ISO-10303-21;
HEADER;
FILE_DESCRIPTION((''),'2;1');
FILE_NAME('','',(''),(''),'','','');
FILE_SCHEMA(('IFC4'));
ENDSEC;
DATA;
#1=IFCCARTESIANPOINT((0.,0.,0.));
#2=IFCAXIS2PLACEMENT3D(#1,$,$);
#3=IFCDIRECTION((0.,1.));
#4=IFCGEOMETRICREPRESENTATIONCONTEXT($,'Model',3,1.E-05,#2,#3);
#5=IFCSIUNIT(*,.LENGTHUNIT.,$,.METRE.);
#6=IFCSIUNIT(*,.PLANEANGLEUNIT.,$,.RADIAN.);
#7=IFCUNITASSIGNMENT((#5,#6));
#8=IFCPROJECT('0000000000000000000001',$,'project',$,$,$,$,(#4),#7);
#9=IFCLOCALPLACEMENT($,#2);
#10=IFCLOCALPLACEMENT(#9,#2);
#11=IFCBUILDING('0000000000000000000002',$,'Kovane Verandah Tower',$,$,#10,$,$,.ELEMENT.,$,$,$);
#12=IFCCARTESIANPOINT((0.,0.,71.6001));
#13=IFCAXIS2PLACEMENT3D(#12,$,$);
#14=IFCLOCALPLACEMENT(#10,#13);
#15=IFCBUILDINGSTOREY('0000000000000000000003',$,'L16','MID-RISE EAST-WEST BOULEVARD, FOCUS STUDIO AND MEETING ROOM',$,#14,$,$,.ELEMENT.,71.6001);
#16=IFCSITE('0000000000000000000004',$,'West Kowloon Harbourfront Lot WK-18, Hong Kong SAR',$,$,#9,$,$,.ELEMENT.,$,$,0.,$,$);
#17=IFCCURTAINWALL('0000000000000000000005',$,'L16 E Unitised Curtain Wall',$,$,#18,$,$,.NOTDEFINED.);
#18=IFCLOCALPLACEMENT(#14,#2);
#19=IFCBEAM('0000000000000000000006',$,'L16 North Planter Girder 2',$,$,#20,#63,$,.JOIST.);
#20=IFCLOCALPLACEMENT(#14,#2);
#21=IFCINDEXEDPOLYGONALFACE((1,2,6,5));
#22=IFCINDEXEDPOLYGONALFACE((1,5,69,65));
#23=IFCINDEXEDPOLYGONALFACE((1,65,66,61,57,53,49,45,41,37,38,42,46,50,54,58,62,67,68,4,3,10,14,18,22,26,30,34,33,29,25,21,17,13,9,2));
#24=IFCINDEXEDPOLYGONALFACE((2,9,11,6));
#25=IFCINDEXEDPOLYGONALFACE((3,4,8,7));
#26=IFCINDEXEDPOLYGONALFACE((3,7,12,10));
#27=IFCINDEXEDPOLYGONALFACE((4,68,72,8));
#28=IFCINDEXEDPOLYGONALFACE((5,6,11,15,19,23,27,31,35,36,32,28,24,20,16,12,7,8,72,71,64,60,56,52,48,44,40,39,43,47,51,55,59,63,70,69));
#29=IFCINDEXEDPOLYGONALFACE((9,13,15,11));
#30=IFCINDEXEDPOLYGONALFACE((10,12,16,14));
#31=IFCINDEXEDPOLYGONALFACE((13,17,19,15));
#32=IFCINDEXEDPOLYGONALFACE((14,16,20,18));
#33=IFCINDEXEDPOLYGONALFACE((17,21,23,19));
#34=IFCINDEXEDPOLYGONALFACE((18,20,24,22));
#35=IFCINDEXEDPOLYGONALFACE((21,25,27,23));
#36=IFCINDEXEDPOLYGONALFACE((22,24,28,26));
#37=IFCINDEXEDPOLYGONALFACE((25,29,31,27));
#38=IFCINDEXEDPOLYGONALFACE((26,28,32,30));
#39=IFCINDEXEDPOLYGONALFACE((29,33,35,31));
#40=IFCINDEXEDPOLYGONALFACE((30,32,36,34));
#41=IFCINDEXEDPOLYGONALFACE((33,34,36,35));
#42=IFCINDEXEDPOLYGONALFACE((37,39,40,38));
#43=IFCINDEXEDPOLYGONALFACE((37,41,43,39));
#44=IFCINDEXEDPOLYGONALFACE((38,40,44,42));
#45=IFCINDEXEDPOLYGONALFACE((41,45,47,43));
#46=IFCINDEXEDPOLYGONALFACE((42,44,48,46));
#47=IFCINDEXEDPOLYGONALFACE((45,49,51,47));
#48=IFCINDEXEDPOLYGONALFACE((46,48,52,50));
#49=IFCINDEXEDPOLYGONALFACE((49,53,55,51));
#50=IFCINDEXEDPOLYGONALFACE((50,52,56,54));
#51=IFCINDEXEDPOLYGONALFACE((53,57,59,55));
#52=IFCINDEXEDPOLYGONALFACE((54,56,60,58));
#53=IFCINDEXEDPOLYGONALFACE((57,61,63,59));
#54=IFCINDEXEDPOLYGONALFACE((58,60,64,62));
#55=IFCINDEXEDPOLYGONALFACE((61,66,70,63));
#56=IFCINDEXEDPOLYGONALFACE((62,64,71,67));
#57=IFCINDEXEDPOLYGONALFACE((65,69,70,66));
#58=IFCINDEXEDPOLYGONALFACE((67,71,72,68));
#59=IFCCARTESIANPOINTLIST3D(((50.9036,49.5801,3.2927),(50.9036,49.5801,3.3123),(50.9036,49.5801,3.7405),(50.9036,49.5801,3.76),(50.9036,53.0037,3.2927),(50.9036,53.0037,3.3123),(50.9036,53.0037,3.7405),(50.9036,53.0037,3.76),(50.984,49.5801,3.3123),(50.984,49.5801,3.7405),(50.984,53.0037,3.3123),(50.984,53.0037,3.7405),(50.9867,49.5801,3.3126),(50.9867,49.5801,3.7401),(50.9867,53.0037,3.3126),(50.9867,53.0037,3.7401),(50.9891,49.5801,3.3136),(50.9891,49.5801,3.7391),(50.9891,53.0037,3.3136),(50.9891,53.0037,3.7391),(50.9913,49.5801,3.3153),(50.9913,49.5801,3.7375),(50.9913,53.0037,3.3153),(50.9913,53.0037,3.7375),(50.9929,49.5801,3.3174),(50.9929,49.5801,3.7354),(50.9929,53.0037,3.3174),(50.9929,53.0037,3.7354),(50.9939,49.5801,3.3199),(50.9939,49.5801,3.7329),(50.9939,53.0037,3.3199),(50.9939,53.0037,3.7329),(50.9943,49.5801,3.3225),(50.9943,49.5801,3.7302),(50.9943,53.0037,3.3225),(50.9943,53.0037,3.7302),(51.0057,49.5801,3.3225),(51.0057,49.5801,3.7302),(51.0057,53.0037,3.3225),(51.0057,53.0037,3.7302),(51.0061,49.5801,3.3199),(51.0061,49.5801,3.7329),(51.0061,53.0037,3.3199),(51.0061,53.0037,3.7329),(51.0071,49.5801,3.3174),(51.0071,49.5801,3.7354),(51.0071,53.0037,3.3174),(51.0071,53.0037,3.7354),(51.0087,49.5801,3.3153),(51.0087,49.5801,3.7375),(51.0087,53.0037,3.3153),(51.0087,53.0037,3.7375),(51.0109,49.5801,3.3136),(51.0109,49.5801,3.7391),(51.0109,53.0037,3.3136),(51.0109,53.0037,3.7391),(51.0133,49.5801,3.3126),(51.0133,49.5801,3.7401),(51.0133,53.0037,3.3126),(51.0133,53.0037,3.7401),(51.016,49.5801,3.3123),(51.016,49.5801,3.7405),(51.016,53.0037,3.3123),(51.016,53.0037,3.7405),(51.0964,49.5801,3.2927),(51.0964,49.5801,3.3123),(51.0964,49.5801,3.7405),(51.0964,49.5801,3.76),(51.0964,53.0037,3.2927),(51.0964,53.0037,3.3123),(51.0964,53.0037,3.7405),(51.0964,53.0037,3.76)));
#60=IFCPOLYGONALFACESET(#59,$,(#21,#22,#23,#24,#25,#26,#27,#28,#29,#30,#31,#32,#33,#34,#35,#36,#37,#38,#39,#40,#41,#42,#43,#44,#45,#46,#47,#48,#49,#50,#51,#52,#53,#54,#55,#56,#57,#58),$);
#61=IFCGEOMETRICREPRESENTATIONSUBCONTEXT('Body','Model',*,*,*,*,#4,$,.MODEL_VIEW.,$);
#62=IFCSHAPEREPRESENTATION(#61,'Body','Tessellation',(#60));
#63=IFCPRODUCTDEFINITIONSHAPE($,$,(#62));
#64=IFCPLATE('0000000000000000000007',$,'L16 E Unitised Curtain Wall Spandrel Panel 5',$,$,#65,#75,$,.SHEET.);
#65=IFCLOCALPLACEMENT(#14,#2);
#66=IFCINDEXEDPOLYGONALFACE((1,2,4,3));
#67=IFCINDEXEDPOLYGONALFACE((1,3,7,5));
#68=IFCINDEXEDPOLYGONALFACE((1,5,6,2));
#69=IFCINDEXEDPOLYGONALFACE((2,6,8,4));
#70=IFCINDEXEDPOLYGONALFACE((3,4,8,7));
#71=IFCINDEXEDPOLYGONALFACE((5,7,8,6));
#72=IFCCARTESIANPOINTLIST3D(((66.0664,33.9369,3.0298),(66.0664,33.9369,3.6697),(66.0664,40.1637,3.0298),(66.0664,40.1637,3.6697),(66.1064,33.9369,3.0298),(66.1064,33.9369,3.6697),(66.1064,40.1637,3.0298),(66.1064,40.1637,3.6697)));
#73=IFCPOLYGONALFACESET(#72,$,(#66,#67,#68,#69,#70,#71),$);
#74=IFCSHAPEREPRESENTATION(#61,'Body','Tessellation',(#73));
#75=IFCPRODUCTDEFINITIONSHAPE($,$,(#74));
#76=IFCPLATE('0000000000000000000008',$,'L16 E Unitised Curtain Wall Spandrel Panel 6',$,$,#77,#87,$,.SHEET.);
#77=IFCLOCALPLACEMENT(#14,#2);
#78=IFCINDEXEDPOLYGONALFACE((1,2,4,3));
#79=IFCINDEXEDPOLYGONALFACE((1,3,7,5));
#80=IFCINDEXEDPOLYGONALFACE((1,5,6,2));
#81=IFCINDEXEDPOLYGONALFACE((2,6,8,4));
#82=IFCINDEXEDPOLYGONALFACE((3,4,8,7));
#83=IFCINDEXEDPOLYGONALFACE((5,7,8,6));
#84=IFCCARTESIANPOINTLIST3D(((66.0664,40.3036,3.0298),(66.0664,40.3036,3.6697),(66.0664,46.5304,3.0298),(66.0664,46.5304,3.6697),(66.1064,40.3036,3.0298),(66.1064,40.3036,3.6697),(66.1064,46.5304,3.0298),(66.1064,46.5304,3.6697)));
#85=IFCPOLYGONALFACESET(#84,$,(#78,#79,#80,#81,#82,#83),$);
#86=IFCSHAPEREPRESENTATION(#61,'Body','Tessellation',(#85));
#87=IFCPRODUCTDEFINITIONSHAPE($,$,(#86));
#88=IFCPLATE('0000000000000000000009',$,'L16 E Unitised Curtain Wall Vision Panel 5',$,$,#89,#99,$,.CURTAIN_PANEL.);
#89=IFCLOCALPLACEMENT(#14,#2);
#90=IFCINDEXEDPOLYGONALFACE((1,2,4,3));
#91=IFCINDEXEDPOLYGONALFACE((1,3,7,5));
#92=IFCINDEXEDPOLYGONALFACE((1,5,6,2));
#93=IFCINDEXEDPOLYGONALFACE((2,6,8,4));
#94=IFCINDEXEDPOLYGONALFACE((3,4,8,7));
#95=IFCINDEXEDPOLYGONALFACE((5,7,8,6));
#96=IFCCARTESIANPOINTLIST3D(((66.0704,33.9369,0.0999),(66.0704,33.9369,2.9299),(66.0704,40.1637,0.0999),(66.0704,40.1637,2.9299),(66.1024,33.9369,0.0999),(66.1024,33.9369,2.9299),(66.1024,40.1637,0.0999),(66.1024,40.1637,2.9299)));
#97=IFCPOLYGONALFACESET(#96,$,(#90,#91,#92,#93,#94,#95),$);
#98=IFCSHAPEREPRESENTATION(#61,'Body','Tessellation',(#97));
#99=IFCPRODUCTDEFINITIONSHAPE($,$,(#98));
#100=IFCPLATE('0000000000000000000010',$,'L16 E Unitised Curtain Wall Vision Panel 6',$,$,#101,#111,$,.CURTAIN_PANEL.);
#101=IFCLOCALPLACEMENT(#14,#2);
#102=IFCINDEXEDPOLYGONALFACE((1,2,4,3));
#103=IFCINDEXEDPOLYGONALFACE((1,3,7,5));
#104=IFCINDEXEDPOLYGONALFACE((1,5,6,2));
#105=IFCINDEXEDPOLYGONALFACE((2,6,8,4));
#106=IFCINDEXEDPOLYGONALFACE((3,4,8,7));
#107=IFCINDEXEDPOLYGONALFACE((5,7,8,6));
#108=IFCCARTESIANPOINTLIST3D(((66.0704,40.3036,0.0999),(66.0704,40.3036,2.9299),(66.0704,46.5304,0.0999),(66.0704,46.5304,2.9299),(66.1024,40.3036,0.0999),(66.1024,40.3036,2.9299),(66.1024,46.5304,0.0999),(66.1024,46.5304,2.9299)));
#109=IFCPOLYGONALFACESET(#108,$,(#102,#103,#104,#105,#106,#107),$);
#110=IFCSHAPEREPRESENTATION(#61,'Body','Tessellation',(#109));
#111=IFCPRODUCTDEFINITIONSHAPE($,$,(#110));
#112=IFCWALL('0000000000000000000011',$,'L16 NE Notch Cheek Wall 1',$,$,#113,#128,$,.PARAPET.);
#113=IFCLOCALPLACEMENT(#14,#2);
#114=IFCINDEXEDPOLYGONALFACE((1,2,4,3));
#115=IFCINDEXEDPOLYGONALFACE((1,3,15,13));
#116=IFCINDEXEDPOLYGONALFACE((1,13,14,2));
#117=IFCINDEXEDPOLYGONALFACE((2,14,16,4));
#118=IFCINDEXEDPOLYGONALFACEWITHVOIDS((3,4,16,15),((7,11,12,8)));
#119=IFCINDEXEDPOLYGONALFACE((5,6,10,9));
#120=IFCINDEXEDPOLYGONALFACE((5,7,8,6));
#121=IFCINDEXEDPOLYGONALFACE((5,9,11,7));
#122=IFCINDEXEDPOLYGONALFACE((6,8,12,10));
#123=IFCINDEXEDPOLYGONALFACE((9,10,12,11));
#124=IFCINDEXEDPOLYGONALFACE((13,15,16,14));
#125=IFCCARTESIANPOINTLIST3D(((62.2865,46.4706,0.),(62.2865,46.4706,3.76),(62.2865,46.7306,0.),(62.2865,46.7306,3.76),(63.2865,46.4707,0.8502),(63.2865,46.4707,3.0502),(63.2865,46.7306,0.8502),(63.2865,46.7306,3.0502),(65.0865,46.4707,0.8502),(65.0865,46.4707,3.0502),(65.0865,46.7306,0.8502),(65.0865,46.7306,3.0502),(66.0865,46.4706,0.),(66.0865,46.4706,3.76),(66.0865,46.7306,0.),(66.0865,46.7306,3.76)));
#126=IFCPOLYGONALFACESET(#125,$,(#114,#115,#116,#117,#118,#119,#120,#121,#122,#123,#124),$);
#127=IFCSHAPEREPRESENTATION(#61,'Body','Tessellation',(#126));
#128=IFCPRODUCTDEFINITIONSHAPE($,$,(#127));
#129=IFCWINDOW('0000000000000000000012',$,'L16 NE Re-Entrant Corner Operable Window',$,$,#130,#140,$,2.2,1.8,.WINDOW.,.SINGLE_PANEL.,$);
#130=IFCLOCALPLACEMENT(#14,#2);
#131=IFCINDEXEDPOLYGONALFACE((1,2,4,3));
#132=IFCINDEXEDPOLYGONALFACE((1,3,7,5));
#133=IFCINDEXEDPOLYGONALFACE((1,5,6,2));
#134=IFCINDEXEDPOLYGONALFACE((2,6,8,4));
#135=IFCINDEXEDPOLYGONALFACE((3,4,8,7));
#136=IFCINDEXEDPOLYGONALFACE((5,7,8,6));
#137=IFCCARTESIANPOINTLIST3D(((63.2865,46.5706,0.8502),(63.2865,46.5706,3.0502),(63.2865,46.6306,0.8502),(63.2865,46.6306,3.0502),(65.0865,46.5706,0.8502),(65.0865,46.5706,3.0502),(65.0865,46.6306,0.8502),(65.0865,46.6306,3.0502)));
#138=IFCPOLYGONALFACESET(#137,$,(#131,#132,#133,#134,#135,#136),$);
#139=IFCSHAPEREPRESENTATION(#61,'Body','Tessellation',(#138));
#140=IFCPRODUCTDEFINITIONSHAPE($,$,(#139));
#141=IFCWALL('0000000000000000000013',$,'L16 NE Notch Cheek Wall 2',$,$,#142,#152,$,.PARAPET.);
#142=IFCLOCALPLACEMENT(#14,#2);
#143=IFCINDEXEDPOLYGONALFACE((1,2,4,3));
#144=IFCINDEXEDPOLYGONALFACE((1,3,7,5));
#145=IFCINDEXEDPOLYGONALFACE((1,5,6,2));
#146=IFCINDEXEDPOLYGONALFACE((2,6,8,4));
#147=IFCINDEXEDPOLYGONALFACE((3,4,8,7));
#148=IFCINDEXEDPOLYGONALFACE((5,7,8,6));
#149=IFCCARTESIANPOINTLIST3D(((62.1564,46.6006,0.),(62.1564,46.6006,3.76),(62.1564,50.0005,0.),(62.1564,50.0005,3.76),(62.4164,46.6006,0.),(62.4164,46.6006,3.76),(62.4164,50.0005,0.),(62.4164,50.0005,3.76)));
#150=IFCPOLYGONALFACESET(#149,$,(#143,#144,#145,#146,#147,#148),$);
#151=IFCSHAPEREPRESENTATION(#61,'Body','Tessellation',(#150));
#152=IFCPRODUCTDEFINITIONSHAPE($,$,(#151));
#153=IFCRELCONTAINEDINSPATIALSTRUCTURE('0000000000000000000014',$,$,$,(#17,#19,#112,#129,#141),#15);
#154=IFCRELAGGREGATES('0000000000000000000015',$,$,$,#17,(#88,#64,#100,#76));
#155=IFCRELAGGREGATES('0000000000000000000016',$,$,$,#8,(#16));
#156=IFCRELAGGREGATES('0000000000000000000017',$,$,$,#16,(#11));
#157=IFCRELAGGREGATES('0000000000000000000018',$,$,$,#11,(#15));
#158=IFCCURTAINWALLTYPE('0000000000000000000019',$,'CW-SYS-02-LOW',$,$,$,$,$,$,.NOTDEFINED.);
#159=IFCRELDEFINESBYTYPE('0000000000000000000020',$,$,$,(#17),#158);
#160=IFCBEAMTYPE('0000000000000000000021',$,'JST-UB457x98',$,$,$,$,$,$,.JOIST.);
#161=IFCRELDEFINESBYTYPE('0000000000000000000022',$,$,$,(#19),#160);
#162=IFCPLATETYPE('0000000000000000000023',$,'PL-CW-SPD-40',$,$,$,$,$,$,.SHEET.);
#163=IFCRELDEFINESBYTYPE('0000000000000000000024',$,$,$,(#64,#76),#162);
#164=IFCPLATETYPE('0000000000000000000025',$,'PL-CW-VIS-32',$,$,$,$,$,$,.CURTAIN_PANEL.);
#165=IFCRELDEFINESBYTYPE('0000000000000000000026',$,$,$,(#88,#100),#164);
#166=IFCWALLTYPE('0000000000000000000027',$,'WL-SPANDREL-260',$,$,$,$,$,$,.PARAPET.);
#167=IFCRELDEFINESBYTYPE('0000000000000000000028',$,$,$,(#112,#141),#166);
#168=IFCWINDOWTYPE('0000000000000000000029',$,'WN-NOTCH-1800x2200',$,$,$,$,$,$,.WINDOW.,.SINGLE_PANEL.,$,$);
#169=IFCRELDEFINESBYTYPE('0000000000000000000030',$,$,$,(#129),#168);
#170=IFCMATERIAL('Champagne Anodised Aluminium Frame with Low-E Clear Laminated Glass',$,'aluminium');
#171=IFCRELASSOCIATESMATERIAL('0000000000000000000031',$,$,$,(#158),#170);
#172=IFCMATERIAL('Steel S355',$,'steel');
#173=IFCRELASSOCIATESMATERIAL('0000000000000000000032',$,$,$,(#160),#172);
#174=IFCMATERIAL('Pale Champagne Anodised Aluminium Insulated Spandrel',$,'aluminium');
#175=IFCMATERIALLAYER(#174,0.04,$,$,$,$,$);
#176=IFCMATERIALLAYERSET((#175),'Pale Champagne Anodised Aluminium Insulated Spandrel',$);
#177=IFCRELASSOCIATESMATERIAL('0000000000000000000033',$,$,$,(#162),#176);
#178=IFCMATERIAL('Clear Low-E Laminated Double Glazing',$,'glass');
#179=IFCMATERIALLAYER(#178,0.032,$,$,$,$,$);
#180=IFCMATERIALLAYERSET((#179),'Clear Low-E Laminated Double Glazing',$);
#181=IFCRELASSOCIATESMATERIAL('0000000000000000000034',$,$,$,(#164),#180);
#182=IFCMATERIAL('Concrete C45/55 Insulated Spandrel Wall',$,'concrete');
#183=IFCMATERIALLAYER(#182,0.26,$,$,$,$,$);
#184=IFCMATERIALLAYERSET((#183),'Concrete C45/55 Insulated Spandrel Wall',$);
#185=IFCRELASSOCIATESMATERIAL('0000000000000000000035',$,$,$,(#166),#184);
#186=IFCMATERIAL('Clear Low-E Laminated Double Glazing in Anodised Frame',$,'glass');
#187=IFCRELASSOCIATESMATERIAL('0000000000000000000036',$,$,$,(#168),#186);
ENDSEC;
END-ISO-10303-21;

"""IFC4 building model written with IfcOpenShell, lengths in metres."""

from ifc_helpers import new_model, si_unit, direction, frame, frame_2d, origin, origin_2d, place, context, subcontext, project, spatial, rectangle, i_section, extrude, material, layer, layer_set, material_profile, profile_set, type_object, element, fill, aggregate, save


model = new_model("IFC4")

# Units and contexts
model_context = context("Model", 3, precision=1e-05, world=origin(), true_north=direction((0.0, 1.0)))
body_context = subcontext(model_context, "Body", "Model", "MODEL_VIEW")
ifc_project = project(units=[si_unit("LENGTHUNIT", "METRE"), si_unit("PLANEANGLEUNIT", "RADIAN")], contexts=[model_context])

# Site, building, storey
site_placement = place(None, origin())
site = spatial("IfcSite", under=ifc_project, at=site_placement, Name="West Kowloon Harbourfront Lot WK-18, Hong Kong SAR", CompositionType="ELEMENT", RefElevation=0.0)
building_placement = place(site_placement, origin())
building = spatial("IfcBuilding", under=site, at=building_placement, Name="Kovane Verandah Tower", CompositionType="ELEMENT")
storey_placement = place(building_placement, frame((0.0, 0.0, 71.6001)))
storey = spatial("IfcBuildingStorey", under=building, at=storey_placement, Name="L16", Description="MID-RISE EAST-WEST BOULEVARD, FOCUS STUDIO AND MEETING ROOM", CompositionType="ELEMENT", Elevation=71.6001)

# Shared definitions
ifc_material_1 = material(Name="Steel S355", Category="steel")

# Curtain wall
ifc_material_2 = material(Name="Champagne Anodised Aluminium Frame with Low-E Clear Laminated Glass", Category="aluminium")
curtain_wall_type = type_object("IfcCurtainWallType", Name="CW-SYS-02-LOW", PredefinedType="NOTDEFINED", material=ifc_material_2)
curtain_wall_placement = place(storey_placement, origin())
curtain_wall = element("IfcCurtainWall", 1, at=curtain_wall_placement, inside=storey, type_object=curtain_wall_type, Name="L16 E Unitised Curtain Wall", PredefinedType="NOTDEFINED")

# Beam
ifc_material_profile_1 = material_profile(ifc_material_1, i_section(OverallWidth=0.1929, OverallDepth=0.4673, WebThickness=0.0115, FlangeThickness=0.0195, FilletRadius=0.0103, at=origin_2d()), Name="UB457x191x98")
ifc_profile_set_1 = profile_set([ifc_material_profile_1], Name="Steel S355")
beam_type_1 = type_object("IfcBeamType", Name="JST-UB457x98", PredefinedType="JOIST", material=ifc_profile_set_1)
beam_1_placement = place(storey_placement, frame((51.0, 49.5801, 3.5264), z_axis=(0.0, 1.0, 0.0), x_axis=(-1.0, 0.0, 0.0)))
element("IfcBeam", 2, at=beam_1_placement, inside=storey, type_object=beam_type_1, Name="L16 North Planter Girder 2", PredefinedType="JOIST", context=body_context, shape_type="SweptSolid", body=[
    extrude(i_section(OverallWidth=0.1929, OverallDepth=0.4673, WebThickness=0.0115, FlangeThickness=0.0195, FilletRadius=0.0103, at=origin_2d()), origin(), (0.0, 0.0, 1.0), 3.4236),
])

# Plates
ifc_material_3 = material(Name="Pale Champagne Anodised Aluminium Insulated Spandrel", Category="aluminium")
ifc_layer_1 = layer(ifc_material_3, 0.04)
ifc_layer_set_1 = layer_set([ifc_layer_1], Name="Pale Champagne Anodised Aluminium Insulated Spandrel")
plate_type_1 = type_object("IfcPlateType", Name="PL-CW-SPD-40", PredefinedType="SHEET", material=ifc_layer_set_1)
plate_1_placement = place(storey_placement, frame((66.0864, 37.0503, 3.0298), z_axis=(0.0, 0.0, 1.0), x_axis=(0.0, 1.0, 0.0)))
plate_1 = element("IfcPlate", 3, at=plate_1_placement, type_object=plate_type_1, Name="L16 E Unitised Curtain Wall Spandrel Panel 5", PredefinedType="SHEET", context=body_context, shape_type="SweptSolid", body=[
    extrude(rectangle(XDim=6.2268, YDim=0.04, at=origin_2d()), origin(), (0.0, 0.0, 1.0), 0.6399),
])
plate_2_placement = place(storey_placement, frame((66.0864, 43.417, 3.0298), z_axis=(0.0, 0.0, 1.0), x_axis=(0.0, 1.0, 0.0)))
plate_2 = element("IfcPlate", 4, at=plate_2_placement, type_object=plate_type_1, Name="L16 E Unitised Curtain Wall Spandrel Panel 6", PredefinedType="SHEET", context=body_context, shape_type="SweptSolid", body=[
    extrude(rectangle(XDim=6.2268, YDim=0.04, at=origin_2d()), origin(), (0.0, 0.0, 1.0), 0.6399),
])
ifc_material_4 = material(Name="Clear Low-E Laminated Double Glazing", Category="glass")
ifc_layer_2 = layer(ifc_material_4, 0.032)
ifc_layer_set_2 = layer_set([ifc_layer_2], Name="Clear Low-E Laminated Double Glazing")
plate_type_2 = type_object("IfcPlateType", Name="PL-CW-VIS-32", PredefinedType="CURTAIN_PANEL", material=ifc_layer_set_2)
plate_3_placement = place(storey_placement, frame((66.0864, 37.0503, 0.0999), z_axis=(0.0, 0.0, 1.0), x_axis=(0.0, 1.0, 0.0)))
plate_3 = element("IfcPlate", 5, at=plate_3_placement, type_object=plate_type_2, Name="L16 E Unitised Curtain Wall Vision Panel 5", PredefinedType="CURTAIN_PANEL", context=body_context, shape_type="SweptSolid", body=[
    extrude(rectangle(XDim=6.2268, YDim=0.032, at=origin_2d()), origin(), (0.0, 0.0, 1.0), 2.8301),
])
plate_4_placement = place(storey_placement, frame((66.0864, 43.417, 0.0999), z_axis=(0.0, 0.0, 1.0), x_axis=(0.0, 1.0, 0.0)))
plate_4 = element("IfcPlate", 6, at=plate_4_placement, type_object=plate_type_2, Name="L16 E Unitised Curtain Wall Vision Panel 6", PredefinedType="CURTAIN_PANEL", context=body_context, shape_type="SweptSolid", body=[
    extrude(rectangle(XDim=6.2268, YDim=0.032, at=origin_2d()), origin(), (0.0, 0.0, 1.0), 2.8301),
])
aggregate(curtain_wall, [plate_3, plate_1, plate_4, plate_2])

# Shared definitions
ifc_material_5 = material(Name="Concrete C45/55 Insulated Spandrel Wall", Category="concrete")
ifc_layer_3 = layer(ifc_material_5, 0.26)
ifc_layer_set_3 = layer_set([ifc_layer_3], Name="Concrete C45/55 Insulated Spandrel Wall")
wall_type = type_object("IfcWallType", Name="WL-SPANDREL-260", PredefinedType="PARAPET", material=ifc_layer_set_3)
ifc_material_6 = material(Name="Clear Low-E Laminated Double Glazing in Anodised Frame", Category="glass")
window_type = type_object("IfcWindowType", Name="WN-NOTCH-1800x2200", PartitioningType="SINGLE_PANEL", PredefinedType="WINDOW", material=ifc_material_6)

# Wall, opening, window
wall_1_placement = place(storey_placement, frame((66.0864, 46.6006, 0.0), z_axis=(0.0, 0.0, 1.0), x_axis=(-1.0, 0.0, 0.0)))
wall_1 = element("IfcWall", 7, at=wall_1_placement, inside=storey, type_object=wall_type, Name="L16 NE Notch Cheek Wall 1", PredefinedType="PARAPET", context=body_context, shape_type="SweptSolid", body=[
    extrude(rectangle(XDim=3.8, YDim=0.26, at=frame_2d((1.8999, 0.0))), origin(), (0.0, 0.0, 1.0), 3.76),
])
opening_1_placement = place(wall_1_placement, frame((1.0, 0.0, 0.8501)))
opening_1 = element("IfcOpeningElement", 8, at=opening_1_placement, cuts=wall_1, PredefinedType="OPENING", context=body_context, shape_type="SweptSolid", body=[
    extrude(rectangle(XDim=1.8, YDim=2.2, at=frame_2d((0.8999, 1.1001))), frame((0.0, 0.1299, 0.0), z_axis=(0.0, -1.0, 0.0), x_axis=(1.0, 0.0, 0.0)), (0.0, 0.0, 1.0), 0.26),
])
window_1_placement = place(opening_1_placement, origin())
window_1 = element("IfcWindow", 9, at=window_1_placement, inside=storey, type_object=window_type, Name="L16 NE Re-Entrant Corner Operable Window", OverallHeight=2.2, OverallWidth=1.8, PartitioningType="SINGLE_PANEL", PredefinedType="WINDOW", context=body_context, shape_type="SweptSolid", body=[
    extrude(rectangle(XDim=1.8, YDim=2.2, at=frame_2d((0.8999, 1.1001))), frame((0.0, 0.03, 0.0), z_axis=(0.0, -1.0, 0.0), x_axis=(1.0, 0.0, 0.0)), (0.0, 0.0, 1.0), 0.0601),
])
fill(opening_1, window_1)

# Wall
wall_2_placement = place(storey_placement, frame((62.2864, 46.6006, 0.0), z_axis=(0.0, 0.0, 1.0), x_axis=(0.0, 1.0, 0.0)))
element("IfcWall", 10, at=wall_2_placement, inside=storey, type_object=wall_type, Name="L16 NE Notch Cheek Wall 2", PredefinedType="PARAPET", context=body_context, shape_type="SweptSolid", body=[
    extrude(rectangle(XDim=3.3999, YDim=0.26, at=frame_2d((1.7, 0.0))), origin(), (0.0, 0.0, 1.0), 3.76),
])

save(model, "model.ifc")
